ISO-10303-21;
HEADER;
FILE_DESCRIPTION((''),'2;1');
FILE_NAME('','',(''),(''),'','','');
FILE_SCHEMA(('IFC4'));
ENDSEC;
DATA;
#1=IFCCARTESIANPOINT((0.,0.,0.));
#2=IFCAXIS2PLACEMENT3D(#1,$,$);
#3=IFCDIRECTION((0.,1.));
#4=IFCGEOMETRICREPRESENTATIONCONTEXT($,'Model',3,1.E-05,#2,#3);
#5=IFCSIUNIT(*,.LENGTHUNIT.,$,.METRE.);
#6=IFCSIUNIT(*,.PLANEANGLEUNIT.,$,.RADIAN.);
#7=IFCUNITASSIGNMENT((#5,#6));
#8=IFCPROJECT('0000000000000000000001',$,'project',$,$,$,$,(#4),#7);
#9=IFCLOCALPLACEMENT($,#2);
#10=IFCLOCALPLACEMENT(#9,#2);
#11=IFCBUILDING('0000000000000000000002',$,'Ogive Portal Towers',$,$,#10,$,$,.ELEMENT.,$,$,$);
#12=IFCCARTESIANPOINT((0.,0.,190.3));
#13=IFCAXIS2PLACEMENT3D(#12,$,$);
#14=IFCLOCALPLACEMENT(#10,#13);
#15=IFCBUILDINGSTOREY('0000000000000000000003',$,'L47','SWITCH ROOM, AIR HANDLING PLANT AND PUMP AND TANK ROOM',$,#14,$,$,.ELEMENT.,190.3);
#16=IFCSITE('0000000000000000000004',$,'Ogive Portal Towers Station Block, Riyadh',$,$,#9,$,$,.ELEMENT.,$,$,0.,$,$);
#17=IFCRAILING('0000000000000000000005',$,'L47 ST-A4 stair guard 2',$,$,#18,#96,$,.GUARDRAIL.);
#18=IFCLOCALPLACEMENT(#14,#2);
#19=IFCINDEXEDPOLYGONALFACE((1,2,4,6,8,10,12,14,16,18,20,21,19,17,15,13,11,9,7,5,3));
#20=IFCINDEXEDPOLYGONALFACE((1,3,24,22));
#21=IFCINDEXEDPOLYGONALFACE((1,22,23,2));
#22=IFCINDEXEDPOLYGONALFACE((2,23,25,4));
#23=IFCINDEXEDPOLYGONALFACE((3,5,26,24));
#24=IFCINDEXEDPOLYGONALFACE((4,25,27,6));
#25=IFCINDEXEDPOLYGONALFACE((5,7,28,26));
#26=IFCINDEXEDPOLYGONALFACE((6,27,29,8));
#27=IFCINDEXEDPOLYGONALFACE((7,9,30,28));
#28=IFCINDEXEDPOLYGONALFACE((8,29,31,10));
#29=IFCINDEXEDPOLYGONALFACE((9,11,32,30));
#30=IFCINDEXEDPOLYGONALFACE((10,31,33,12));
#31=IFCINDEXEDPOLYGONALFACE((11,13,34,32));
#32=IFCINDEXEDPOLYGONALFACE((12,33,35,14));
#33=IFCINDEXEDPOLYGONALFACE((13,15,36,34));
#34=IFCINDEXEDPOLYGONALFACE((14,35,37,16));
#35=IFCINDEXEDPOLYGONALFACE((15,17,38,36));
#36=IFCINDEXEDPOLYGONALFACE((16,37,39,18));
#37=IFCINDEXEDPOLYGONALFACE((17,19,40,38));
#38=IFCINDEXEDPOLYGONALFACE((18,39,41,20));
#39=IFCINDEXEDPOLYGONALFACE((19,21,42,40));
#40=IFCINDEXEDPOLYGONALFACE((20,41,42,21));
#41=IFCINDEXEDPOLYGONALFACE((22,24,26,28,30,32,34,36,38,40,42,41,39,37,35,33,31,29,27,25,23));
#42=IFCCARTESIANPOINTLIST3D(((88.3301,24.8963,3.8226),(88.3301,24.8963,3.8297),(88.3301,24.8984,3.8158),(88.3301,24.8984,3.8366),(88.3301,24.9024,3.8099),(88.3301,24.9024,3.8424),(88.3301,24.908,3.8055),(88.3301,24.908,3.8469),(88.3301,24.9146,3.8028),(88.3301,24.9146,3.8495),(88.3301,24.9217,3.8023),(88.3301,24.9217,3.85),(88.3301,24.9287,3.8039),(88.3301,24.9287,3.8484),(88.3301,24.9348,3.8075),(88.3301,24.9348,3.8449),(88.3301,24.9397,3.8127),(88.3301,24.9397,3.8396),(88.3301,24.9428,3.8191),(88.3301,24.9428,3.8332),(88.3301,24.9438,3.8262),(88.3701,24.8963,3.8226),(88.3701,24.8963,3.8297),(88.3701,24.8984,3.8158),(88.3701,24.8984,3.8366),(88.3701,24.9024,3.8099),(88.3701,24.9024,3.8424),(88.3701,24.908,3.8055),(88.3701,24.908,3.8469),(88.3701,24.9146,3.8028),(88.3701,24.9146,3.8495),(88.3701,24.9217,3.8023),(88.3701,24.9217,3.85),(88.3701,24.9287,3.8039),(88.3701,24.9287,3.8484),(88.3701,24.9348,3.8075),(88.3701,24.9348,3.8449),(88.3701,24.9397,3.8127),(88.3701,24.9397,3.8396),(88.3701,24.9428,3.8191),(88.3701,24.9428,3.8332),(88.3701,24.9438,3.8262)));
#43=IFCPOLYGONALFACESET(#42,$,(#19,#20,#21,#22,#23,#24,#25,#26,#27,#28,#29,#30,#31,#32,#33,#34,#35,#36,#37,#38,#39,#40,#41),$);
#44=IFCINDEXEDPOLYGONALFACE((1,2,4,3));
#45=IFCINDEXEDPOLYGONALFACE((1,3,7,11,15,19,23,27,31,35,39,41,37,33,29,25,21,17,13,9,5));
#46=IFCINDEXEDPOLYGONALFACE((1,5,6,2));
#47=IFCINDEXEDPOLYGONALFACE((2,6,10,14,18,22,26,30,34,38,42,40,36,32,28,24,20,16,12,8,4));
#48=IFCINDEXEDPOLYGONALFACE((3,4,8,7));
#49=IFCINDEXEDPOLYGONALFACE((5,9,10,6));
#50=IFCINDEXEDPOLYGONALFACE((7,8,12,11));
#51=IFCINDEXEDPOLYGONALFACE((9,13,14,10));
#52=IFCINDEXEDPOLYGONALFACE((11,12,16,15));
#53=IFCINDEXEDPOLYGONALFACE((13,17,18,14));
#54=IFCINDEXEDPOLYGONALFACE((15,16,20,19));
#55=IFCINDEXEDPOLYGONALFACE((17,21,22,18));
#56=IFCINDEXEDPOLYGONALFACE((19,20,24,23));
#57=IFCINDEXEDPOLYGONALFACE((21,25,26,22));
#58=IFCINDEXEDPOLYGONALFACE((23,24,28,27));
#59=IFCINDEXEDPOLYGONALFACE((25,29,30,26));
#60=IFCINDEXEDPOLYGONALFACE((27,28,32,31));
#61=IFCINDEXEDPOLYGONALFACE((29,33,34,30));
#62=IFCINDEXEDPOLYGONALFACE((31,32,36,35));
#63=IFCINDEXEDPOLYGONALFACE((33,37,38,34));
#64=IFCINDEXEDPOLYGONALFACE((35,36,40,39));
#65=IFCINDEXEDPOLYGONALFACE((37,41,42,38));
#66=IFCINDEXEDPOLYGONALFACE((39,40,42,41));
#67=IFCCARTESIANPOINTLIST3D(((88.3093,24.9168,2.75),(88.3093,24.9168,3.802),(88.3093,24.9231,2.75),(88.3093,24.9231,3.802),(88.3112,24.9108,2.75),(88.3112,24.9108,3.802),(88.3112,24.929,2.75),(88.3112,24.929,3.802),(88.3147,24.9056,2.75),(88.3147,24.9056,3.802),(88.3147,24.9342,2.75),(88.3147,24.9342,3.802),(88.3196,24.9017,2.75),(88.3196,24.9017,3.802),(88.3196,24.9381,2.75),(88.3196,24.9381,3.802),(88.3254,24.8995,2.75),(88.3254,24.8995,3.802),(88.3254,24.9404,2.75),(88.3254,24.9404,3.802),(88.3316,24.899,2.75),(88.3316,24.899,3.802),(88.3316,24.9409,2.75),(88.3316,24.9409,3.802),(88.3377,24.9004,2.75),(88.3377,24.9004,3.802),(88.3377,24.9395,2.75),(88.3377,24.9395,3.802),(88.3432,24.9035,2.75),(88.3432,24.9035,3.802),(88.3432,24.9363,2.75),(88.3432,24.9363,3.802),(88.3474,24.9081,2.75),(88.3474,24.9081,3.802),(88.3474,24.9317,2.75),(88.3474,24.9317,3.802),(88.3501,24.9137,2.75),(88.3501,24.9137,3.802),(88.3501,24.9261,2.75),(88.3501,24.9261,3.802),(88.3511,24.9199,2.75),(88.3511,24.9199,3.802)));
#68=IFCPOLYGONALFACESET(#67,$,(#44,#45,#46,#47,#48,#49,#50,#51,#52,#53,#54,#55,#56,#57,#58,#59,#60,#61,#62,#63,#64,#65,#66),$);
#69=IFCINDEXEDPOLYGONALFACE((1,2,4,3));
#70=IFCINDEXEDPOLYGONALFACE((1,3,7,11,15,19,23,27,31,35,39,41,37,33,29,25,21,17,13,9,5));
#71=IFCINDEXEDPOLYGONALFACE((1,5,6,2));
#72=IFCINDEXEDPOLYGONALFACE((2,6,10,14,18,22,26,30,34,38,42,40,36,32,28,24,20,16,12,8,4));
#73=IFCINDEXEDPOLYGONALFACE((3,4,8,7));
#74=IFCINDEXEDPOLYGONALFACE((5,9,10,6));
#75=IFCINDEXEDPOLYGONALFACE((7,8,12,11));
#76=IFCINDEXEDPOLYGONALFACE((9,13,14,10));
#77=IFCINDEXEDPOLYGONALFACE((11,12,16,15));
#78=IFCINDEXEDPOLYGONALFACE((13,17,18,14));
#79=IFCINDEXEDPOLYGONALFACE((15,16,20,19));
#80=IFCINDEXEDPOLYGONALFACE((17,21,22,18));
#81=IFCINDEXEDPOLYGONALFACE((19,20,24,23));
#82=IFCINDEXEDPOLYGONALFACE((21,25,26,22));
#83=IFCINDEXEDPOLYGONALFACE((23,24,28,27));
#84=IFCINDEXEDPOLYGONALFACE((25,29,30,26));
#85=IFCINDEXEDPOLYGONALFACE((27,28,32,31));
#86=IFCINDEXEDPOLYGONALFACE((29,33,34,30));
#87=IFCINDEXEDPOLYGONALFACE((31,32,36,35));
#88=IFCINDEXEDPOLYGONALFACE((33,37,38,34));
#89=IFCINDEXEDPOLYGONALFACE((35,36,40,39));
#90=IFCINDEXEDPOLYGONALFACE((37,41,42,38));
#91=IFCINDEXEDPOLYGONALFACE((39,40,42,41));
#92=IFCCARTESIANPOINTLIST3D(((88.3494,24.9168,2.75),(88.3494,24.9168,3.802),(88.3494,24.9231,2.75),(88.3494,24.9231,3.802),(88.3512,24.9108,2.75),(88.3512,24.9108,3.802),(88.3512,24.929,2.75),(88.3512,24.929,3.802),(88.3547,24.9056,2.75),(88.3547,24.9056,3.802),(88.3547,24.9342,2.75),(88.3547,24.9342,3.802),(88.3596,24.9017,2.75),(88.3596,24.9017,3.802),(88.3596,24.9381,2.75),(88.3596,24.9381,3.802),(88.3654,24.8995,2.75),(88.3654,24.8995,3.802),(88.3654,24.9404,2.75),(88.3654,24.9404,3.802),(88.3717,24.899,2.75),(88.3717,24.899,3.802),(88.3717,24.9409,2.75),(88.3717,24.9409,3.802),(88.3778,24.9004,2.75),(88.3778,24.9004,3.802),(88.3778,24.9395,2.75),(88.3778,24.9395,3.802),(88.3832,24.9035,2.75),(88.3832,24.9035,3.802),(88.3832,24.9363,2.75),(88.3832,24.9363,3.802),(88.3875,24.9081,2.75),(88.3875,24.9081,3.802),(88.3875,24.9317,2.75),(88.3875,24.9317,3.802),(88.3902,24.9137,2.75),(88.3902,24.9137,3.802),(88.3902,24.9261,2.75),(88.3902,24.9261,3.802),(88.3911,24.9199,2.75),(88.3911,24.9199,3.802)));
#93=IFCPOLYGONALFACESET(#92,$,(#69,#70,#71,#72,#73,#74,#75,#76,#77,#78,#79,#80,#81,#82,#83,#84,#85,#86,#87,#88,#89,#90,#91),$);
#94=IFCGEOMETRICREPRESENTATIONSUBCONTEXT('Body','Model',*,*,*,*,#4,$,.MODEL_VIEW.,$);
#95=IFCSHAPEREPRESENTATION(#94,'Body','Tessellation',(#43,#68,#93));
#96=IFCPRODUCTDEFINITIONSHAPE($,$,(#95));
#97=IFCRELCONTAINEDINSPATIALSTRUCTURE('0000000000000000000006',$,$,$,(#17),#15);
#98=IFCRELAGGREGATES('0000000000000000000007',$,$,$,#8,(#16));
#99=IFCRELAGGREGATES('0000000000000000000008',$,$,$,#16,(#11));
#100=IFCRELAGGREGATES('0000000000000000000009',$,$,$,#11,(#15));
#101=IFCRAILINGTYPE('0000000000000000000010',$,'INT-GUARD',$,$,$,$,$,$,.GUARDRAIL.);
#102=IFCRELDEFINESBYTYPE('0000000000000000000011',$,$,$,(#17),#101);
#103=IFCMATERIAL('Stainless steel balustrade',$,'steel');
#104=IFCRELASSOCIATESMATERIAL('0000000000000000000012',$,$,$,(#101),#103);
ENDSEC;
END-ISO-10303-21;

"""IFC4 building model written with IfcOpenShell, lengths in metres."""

from ifc_helpers import new_model, si_unit, direction, frame, origin, origin_2d, place, context, subcontext, project, spatial, circle, extrude, material, type_object, element, save


model = new_model("IFC4")

# Units and contexts
model_context = context("Model", 3, precision=1e-05, world=origin(), true_north=direction((0.0, 1.0)))
body_context = subcontext(model_context, "Body", "Model", "MODEL_VIEW")
ifc_project = project(units=[si_unit("LENGTHUNIT", "METRE"), si_unit("PLANEANGLEUNIT", "RADIAN")], contexts=[model_context])

# Site, building, storey
site_placement = place(None, origin())
site = spatial("IfcSite", under=ifc_project, at=site_placement, Name="Ogive Portal Towers Station Block, Riyadh", CompositionType="ELEMENT", RefElevation=0.0)
building_placement = place(site_placement, origin())
building = spatial("IfcBuilding", under=site, at=building_placement, Name="Ogive Portal Towers", CompositionType="ELEMENT")
storey_placement = place(building_placement, frame((0.0, 0.0, 190.3)))
storey = spatial("IfcBuildingStorey", under=building, at=storey_placement, Name="L47", Description="SWITCH ROOM, AIR HANDLING PLANT AND PUMP AND TANK ROOM", CompositionType="ELEMENT", Elevation=190.3)

# Railing
ifc_material_1 = material(Name="Stainless steel balustrade", Category="steel")
railing_type_1 = type_object("IfcRailingType", Name="INT-GUARD", PredefinedType="GUARDRAIL", material=ifc_material_1)
railing_1_placement = place(storey_placement, frame((88.3301, 24.9199, 2.75)))
element("IfcRailing", 1, at=railing_1_placement, inside=storey, type_object=railing_type_1, Name="L47 ST-A4 stair guard 2", PredefinedType="GUARDRAIL", context=body_context, shape_type="SweptSolid", body=[
    extrude(circle(Radius=0.0239, at=origin_2d()), frame((0.0, 0.0, 1.0762), z_axis=(1.0, 0.0, 0.0), x_axis=(0.0, 1.0, 0.0)), (0.0, 0.0, 1.0), 0.04),
    extrude(circle(Radius=0.021, at=origin_2d()), origin(), (0.0, 0.0, 1.0), 1.052),
    extrude(circle(Radius=0.021, at=origin_2d()), frame((0.04, 0.0, 0.0)), (0.0, 0.0, 1.0), 1.052),
])

save(model, "model.ifc")
